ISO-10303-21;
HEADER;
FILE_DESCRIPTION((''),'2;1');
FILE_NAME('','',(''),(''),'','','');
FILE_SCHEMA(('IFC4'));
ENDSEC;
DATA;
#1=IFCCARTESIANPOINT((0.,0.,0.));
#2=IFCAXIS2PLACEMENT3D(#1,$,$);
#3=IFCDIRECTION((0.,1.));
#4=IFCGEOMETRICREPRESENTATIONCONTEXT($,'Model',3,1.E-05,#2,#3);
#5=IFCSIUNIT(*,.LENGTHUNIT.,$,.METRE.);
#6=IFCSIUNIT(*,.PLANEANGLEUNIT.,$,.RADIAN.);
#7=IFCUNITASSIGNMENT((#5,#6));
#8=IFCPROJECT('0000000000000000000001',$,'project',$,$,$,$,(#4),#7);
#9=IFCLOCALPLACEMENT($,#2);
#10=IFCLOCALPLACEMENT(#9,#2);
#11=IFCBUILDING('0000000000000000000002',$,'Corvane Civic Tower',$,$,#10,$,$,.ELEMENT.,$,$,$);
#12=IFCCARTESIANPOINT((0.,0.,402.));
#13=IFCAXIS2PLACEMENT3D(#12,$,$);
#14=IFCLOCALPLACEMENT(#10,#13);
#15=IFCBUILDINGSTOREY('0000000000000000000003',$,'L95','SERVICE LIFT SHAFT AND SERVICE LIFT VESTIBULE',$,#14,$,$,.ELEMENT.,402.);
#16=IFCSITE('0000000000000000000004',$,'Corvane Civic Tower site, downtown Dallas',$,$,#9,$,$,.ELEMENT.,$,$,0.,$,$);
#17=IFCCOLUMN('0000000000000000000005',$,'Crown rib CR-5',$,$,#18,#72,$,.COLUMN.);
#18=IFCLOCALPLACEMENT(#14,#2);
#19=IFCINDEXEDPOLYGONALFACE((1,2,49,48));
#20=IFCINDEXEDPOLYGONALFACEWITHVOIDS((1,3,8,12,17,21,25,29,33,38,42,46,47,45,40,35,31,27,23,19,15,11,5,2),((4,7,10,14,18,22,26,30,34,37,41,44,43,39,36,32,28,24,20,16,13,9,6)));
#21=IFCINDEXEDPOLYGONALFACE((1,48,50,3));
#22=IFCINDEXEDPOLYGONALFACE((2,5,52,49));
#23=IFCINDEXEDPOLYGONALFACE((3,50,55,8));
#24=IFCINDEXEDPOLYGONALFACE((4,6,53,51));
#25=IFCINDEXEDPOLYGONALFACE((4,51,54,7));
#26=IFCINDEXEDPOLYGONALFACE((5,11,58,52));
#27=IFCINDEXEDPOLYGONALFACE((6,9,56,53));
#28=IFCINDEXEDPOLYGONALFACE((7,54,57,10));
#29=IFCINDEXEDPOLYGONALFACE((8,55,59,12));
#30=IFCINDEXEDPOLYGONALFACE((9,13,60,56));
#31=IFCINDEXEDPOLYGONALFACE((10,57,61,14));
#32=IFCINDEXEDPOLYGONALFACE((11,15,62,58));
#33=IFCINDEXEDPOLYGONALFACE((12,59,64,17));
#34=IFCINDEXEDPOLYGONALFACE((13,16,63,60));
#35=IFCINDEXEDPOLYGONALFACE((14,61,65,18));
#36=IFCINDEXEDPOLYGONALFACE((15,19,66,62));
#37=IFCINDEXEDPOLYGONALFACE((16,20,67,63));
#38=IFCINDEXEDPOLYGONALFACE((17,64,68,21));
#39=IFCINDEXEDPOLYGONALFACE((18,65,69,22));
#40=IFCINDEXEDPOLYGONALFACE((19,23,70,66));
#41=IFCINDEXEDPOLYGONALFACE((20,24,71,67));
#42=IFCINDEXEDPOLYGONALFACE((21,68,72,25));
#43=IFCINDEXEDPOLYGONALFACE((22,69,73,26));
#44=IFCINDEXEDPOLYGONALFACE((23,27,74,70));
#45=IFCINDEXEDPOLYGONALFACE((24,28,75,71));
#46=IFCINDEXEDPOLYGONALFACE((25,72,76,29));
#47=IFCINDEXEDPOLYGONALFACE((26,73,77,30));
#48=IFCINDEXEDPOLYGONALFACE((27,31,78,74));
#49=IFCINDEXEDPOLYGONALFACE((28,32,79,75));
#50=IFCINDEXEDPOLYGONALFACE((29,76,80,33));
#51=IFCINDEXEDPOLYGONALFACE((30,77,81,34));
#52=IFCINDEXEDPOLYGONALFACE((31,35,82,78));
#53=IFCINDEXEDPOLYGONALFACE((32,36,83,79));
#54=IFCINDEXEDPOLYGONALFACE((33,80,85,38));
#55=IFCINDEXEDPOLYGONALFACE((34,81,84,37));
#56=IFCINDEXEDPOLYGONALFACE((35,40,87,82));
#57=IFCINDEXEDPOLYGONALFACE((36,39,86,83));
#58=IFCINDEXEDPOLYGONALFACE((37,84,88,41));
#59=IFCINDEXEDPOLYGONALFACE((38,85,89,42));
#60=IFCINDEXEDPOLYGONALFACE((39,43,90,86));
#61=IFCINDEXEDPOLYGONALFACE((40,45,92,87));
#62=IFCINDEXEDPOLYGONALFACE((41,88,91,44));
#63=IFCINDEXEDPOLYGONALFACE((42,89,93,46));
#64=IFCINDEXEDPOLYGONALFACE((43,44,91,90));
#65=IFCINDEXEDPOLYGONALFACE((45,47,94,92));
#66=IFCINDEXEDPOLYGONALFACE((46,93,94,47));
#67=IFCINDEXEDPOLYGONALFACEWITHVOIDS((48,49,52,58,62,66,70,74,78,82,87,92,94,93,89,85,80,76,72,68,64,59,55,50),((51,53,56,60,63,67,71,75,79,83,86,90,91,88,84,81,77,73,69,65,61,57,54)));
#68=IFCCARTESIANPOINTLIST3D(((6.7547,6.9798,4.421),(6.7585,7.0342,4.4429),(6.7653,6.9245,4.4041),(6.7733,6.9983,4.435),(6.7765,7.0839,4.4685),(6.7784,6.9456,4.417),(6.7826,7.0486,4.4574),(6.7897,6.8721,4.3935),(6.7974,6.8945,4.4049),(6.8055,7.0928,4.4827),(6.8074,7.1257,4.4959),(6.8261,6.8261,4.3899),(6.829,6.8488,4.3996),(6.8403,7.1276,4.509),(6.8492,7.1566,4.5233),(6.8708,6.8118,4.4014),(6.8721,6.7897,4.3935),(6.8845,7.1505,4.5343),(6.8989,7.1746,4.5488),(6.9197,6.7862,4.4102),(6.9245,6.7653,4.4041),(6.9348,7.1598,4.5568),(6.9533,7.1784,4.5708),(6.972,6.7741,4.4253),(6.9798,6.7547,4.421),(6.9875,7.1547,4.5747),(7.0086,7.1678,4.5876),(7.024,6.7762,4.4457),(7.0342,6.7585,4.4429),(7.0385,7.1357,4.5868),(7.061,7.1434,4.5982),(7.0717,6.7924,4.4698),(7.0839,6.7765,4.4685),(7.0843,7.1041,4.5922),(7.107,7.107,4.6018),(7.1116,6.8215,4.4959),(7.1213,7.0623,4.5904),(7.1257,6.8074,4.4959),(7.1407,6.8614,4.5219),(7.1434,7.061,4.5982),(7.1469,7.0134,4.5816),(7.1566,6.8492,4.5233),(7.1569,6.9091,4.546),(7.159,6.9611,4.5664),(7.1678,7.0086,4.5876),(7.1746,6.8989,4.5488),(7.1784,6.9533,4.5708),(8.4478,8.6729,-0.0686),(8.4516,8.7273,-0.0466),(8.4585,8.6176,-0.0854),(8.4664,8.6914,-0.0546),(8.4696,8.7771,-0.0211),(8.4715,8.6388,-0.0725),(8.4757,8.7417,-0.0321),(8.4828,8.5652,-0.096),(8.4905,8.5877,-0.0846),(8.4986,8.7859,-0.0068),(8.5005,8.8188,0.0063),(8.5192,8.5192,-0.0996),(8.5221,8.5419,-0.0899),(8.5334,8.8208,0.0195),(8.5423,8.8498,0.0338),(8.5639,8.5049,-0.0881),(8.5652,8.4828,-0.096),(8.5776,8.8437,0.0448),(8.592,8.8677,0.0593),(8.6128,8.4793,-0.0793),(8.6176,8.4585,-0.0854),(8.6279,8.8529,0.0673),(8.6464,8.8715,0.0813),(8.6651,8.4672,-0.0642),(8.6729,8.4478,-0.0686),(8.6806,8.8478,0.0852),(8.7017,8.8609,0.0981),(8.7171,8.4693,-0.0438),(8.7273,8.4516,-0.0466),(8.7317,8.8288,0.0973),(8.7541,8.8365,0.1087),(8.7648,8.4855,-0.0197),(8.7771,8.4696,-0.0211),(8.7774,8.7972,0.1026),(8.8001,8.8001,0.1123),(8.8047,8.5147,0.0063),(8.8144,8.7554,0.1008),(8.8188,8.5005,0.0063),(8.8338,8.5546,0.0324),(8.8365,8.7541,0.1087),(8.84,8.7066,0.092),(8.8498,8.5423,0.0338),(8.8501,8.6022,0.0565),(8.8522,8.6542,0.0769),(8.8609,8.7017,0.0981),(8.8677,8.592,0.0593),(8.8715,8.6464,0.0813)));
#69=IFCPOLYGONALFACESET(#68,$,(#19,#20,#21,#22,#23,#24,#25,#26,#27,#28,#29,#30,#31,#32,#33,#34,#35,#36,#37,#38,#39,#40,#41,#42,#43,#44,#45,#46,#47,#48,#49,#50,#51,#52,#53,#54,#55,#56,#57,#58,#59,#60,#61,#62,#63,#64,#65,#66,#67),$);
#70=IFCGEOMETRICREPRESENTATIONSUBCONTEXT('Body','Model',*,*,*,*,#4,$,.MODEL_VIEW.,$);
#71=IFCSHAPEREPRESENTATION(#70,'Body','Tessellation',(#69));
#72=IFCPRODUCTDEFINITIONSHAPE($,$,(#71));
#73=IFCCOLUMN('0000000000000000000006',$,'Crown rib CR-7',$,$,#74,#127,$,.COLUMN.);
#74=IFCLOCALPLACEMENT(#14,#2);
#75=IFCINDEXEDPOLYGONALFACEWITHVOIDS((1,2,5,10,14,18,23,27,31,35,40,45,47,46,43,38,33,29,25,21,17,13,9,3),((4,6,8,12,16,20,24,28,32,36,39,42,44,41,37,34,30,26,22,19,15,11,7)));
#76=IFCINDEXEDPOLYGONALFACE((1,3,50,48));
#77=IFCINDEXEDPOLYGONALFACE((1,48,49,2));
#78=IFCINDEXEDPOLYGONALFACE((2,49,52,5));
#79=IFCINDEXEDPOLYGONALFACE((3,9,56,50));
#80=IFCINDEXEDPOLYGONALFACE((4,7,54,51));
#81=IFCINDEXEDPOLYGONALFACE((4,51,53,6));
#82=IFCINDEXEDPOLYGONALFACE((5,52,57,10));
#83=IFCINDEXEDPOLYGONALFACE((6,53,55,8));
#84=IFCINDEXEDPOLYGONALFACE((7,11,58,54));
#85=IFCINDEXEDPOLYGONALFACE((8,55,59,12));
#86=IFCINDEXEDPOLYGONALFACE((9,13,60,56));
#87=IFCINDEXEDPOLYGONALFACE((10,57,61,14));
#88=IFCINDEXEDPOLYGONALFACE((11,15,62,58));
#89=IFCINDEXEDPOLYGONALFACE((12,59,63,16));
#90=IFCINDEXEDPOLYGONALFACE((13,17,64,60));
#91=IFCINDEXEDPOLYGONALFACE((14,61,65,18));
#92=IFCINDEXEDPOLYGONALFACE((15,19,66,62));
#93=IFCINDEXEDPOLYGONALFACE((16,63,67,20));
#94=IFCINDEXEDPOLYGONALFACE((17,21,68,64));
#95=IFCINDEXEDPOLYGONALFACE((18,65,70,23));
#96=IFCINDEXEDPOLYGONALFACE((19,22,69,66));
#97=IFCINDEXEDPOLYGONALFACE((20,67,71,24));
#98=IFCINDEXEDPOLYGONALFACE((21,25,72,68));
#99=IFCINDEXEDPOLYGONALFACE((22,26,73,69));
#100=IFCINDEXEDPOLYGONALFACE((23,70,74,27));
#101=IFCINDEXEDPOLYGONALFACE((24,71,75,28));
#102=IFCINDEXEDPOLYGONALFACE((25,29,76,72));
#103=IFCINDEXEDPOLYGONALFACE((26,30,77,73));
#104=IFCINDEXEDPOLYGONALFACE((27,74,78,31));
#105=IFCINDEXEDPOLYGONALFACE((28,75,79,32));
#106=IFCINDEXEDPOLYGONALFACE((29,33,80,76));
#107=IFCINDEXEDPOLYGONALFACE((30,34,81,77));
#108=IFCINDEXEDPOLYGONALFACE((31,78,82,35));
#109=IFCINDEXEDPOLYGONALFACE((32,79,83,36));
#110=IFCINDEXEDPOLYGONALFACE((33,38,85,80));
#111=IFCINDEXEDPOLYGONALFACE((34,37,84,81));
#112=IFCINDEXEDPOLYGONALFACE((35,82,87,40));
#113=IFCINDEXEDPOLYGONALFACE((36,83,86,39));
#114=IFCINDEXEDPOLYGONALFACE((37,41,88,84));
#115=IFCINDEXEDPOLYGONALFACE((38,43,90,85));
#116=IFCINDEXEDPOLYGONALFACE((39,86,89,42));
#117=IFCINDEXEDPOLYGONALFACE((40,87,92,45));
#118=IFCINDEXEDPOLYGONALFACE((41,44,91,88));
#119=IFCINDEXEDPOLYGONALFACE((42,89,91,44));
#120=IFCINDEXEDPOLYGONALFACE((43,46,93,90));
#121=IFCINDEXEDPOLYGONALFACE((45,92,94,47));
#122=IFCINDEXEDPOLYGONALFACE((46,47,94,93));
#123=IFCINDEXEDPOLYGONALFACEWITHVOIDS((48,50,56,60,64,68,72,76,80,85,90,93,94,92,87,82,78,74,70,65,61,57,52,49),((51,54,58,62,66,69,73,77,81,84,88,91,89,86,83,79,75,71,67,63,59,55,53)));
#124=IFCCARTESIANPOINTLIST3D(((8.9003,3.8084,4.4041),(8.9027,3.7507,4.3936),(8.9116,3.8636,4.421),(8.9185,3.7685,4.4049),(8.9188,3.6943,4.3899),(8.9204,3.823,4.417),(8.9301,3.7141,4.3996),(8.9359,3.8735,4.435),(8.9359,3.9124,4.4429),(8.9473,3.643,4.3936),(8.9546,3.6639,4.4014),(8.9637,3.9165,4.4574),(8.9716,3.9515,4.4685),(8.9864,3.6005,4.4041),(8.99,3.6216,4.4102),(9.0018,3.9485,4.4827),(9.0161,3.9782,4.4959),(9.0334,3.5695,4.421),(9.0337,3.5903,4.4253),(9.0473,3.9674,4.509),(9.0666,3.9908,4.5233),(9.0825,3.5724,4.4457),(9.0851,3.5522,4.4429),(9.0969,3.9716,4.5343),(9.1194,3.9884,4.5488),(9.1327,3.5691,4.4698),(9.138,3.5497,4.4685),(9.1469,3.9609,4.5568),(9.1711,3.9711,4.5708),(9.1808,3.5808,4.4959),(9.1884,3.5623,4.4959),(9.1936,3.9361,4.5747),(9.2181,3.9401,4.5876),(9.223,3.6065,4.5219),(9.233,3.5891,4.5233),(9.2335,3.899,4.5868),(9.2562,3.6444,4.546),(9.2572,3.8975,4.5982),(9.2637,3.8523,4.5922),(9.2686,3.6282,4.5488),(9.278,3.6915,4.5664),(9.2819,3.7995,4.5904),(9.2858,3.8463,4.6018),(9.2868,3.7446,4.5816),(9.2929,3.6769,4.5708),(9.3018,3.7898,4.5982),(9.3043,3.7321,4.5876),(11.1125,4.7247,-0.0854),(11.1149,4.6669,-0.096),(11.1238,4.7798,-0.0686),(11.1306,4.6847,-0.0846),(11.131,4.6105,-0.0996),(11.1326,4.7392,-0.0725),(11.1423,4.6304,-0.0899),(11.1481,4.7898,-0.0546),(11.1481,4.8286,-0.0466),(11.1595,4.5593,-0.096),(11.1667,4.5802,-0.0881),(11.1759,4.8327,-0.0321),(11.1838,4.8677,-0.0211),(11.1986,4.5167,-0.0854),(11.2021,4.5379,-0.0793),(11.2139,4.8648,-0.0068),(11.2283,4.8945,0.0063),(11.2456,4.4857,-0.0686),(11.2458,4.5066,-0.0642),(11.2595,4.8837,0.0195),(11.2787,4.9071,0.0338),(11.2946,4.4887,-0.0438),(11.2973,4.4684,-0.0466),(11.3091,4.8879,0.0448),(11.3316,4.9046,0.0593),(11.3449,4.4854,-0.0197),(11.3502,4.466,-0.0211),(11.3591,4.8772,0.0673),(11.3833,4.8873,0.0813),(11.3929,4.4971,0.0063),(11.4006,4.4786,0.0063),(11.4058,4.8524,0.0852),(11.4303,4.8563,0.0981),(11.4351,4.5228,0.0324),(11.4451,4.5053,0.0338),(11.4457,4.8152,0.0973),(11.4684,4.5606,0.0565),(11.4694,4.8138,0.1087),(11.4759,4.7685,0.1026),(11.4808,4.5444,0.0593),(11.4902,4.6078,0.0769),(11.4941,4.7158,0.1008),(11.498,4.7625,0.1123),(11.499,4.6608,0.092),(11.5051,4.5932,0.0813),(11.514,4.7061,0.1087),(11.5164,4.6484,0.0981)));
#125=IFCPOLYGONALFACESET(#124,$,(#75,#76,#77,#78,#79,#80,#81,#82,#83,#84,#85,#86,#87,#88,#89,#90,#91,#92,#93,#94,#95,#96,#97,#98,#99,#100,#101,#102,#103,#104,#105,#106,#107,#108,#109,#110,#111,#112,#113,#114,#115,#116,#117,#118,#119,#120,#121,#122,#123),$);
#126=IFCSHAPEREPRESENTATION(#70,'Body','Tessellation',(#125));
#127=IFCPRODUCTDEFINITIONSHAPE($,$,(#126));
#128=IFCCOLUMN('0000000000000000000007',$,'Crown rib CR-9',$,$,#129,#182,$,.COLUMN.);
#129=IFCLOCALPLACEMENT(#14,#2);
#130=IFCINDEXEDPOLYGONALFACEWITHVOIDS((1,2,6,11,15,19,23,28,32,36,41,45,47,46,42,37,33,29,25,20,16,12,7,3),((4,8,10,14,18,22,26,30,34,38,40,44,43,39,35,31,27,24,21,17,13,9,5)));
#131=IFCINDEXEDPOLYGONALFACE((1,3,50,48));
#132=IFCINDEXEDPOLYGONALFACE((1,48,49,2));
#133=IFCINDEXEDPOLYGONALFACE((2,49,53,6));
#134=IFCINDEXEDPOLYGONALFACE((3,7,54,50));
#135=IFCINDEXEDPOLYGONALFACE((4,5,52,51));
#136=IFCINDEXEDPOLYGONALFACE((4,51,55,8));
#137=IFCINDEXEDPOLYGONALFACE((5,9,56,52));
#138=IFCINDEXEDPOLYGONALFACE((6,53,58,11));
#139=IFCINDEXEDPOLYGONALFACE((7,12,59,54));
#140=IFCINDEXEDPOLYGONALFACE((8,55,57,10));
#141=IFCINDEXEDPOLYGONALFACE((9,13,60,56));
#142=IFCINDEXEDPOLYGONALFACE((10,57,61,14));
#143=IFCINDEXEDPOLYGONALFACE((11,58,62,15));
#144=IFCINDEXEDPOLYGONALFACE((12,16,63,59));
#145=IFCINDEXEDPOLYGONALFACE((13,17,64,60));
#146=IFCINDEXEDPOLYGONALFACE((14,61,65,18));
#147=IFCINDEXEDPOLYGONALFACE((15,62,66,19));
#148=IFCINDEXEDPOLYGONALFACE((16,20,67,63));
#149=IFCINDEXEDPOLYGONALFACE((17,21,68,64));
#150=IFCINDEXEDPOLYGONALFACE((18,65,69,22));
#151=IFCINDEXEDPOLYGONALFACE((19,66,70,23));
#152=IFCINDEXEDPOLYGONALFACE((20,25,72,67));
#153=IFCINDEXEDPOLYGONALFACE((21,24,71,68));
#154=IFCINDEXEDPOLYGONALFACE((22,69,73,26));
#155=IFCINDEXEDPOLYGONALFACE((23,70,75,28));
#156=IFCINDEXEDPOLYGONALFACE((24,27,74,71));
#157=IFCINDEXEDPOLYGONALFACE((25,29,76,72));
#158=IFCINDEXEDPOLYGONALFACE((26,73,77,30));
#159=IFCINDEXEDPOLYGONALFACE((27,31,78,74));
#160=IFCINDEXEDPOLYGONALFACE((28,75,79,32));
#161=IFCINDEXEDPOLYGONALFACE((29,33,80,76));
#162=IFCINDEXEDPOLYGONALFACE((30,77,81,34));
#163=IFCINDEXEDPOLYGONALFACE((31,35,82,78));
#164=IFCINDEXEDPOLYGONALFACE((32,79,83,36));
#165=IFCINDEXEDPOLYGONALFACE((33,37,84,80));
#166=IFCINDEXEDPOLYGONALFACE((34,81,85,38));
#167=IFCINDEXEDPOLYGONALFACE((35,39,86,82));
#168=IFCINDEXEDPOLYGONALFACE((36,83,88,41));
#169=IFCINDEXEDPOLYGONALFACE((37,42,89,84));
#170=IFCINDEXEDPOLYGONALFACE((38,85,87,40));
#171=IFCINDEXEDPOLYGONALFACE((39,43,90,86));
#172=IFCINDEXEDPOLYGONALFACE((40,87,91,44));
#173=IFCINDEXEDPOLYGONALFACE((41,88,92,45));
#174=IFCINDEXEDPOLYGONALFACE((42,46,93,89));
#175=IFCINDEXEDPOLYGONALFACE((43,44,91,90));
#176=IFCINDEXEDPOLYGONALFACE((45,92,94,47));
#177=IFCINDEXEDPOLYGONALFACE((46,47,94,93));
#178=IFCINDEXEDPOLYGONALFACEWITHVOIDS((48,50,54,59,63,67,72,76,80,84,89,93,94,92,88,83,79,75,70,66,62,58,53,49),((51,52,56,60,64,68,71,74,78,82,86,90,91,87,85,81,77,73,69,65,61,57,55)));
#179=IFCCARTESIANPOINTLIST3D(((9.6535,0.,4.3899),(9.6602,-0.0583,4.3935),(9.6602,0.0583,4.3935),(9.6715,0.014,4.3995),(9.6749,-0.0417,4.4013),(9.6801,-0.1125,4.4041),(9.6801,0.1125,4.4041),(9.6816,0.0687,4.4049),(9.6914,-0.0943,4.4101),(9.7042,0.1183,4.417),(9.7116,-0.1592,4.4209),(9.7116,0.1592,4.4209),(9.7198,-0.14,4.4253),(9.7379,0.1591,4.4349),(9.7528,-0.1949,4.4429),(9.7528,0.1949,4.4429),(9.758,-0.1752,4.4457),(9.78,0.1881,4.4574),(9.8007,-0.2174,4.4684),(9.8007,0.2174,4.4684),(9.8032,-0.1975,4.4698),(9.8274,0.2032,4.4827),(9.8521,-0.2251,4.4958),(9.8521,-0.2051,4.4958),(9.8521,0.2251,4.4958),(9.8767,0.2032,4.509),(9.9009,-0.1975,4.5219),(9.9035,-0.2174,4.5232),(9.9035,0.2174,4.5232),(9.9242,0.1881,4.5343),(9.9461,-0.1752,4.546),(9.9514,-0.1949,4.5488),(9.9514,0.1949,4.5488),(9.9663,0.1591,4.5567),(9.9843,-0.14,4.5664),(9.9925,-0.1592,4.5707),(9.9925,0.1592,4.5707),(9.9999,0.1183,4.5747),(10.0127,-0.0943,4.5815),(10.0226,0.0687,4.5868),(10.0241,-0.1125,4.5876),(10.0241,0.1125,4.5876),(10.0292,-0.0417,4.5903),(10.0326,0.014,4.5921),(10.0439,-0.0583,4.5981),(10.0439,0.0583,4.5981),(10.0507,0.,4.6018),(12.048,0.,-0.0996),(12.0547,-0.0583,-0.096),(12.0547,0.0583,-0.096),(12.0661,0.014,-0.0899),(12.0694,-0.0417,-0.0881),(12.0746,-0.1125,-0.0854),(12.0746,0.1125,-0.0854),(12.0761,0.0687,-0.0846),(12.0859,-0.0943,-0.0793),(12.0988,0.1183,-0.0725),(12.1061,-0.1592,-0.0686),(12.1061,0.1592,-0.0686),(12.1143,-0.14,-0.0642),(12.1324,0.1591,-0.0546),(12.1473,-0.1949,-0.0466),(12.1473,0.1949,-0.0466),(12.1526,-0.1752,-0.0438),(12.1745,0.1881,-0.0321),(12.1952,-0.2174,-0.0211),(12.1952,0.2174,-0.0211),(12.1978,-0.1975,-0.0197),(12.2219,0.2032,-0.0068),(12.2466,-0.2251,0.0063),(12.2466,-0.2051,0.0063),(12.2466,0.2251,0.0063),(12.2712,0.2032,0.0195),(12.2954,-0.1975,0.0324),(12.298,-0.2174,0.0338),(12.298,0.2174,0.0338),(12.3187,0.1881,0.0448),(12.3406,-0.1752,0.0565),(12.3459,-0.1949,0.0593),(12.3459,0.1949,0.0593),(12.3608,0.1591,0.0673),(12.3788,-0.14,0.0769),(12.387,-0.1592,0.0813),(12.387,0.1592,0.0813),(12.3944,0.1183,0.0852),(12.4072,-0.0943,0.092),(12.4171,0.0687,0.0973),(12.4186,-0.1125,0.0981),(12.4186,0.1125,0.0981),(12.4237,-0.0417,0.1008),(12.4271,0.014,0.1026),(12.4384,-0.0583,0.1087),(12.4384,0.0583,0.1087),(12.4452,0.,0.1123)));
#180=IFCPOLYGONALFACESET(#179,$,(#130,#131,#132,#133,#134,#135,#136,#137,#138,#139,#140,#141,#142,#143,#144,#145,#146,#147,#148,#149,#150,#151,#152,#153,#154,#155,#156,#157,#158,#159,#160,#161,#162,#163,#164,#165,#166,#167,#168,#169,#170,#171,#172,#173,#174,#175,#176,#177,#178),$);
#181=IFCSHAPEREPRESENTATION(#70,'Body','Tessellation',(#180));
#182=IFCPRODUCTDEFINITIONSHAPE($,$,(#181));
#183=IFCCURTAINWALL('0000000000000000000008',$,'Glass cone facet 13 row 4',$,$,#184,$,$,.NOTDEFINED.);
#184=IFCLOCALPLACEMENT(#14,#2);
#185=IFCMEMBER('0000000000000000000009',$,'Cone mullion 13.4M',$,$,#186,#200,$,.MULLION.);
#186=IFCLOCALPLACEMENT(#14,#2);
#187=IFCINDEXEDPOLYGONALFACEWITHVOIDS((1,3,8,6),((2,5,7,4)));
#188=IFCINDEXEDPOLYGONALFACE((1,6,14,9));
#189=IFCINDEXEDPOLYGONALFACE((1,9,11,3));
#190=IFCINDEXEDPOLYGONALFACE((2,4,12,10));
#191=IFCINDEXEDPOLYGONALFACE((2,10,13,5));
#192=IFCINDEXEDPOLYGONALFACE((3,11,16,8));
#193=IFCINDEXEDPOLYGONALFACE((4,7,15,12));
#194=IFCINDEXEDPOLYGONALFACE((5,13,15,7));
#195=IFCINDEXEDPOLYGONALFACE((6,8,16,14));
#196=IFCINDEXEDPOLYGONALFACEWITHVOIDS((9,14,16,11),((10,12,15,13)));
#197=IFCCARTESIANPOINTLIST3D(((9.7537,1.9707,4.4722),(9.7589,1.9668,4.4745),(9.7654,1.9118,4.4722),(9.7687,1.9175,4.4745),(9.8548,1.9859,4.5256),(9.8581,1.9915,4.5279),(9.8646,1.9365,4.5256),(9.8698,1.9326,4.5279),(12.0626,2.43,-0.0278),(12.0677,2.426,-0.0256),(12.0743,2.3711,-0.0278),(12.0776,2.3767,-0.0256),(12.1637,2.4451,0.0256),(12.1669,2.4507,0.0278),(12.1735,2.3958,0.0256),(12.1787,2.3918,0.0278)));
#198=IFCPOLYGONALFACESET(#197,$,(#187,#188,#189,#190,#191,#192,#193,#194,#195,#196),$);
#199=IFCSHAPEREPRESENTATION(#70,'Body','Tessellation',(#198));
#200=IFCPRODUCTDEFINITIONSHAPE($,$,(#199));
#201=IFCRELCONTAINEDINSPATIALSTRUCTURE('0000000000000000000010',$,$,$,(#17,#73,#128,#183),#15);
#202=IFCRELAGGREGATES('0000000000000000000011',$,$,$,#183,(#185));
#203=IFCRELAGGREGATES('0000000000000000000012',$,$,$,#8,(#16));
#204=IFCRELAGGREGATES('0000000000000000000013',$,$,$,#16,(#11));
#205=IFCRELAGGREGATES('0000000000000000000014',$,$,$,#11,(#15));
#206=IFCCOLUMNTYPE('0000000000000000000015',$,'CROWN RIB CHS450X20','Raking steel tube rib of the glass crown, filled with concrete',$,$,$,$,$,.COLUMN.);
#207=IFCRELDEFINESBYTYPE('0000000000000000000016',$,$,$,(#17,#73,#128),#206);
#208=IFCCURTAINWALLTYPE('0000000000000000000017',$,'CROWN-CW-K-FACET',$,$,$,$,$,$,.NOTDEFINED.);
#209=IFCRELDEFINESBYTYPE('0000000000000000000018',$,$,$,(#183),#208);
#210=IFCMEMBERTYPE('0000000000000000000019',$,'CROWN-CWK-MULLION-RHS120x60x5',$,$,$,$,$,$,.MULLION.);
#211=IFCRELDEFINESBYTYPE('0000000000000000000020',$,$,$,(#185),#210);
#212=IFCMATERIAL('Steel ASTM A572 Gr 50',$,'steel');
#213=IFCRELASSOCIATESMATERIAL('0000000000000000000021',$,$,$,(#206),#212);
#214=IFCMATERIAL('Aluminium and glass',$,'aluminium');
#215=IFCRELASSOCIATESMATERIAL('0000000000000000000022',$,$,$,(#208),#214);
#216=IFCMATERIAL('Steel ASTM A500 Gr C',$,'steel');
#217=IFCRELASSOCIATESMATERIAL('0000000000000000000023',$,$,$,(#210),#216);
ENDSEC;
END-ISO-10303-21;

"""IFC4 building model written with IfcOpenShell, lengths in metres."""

from ifc_helpers import new_model, si_unit, direction, frame, origin, origin_2d, place, context, subcontext, project, spatial, hollow_rectangle, hollow_circle, extrude, material, material_profile, profile_set, type_object, element, aggregate, save


model = new_model("IFC4")

# Units and contexts
model_context = context("Model", 3, precision=1e-05, world=origin(), true_north=direction((0.0, 1.0)))
body_context = subcontext(model_context, "Body", "Model", "MODEL_VIEW")
ifc_project = project(units=[si_unit("LENGTHUNIT", "METRE"), si_unit("PLANEANGLEUNIT", "RADIAN")], contexts=[model_context])

# Site, building, storey
site_placement = place(None, origin())
site = spatial("IfcSite", under=ifc_project, at=site_placement, Name="Corvane Civic Tower site, downtown Dallas", CompositionType="ELEMENT", RefElevation=0.0)
building_placement = place(site_placement, origin())
building = spatial("IfcBuilding", under=site, at=building_placement, Name="Corvane Civic Tower", CompositionType="ELEMENT")
storey_placement = place(building_placement, frame((0.0, 0.0, 402.0)))
storey = spatial("IfcBuildingStorey", under=building, at=storey_placement, Name="L95", Description="SERVICE LIFT SHAFT AND SERVICE LIFT VESTIBULE", CompositionType="ELEMENT", Elevation=402.0)

# Columns
ifc_material_1 = material(Name="Steel ASTM A572 Gr 50", Category="steel")
ifc_material_profile_1 = material_profile(ifc_material_1, hollow_circle(Radius=0.2251, WallThickness=0.02, at=origin_2d()), Name="CHS450X20")
ifc_profile_set_1 = profile_set([ifc_material_profile_1], Name="Steel ASTM A572 Gr 50")
column_type = type_object("IfcColumnType", Name="CROWN RIB CHS450X20", Description="Raking steel tube rib of the glass crown, filled with concrete", PredefinedType="COLUMN", material=ifc_profile_set_1)
for number, where, z_axis, x_axis, name in (
    (1, (8.6597, 8.6597, 0.0063), (-0.332759, -0.332759, 0.882351), (0.707107, -0.707107, 0.0), "Crown rib CR-5"),
    (2, (11.3145, 4.6865, 0.0063), (-0.434771, -0.180079, 0.882353), (0.382667, -0.923886, 0.0), "Crown rib CR-7"),
    (3, (12.2466, 0.0, 0.0063), (-0.470608, 0.0, 0.882342), (0.0, -1.0, 0.0), "Crown rib CR-9"),
):
    element("IfcColumn", number, at=place(storey_placement, frame(where, z_axis=z_axis, x_axis=x_axis)), inside=storey, type_object=column_type, Name=name, PredefinedType="COLUMN", context=body_context, shape_type="SweptSolid", body=[
        extrude(hollow_circle(Radius=0.2251, WallThickness=0.02, at=origin_2d()), origin(), (0.0, 0.0, 1.0), 5.0881),
    ])

# Curtain wall, member
ifc_material_2 = material(Name="Aluminium and glass", Category="aluminium")
curtain_wall_type = type_object("IfcCurtainWallType", Name="CROWN-CW-K-FACET", PredefinedType="NOTDEFINED", material=ifc_material_2)
curtain_wall_1_placement = place(storey_placement, origin())
curtain_wall_1 = element("IfcCurtainWall", 4, at=curtain_wall_1_placement, inside=storey, type_object=curtain_wall_type, Name="Glass cone facet 13 row 4", PredefinedType="NOTDEFINED")
ifc_material_3 = material(Name="Steel ASTM A500 Gr C", Category="steel")
ifc_material_profile_2 = material_profile(ifc_material_3, hollow_rectangle(XDim=0.0601, YDim=0.1201, WallThickness=0.0049, at=origin_2d()), Name="RHS 120x60x5")
ifc_profile_set_2 = profile_set([ifc_material_profile_2], Name="Steel ASTM A500 Gr C")
member_type_1 = type_object("IfcMemberType", Name="CROWN-CWK-MULLION-RHS120x60x5", PredefinedType="MULLION", material=ifc_profile_set_2)
member_1_placement = place(storey_placement, frame((12.1206, 2.4109, 0.0), z_axis=(-0.454626, -0.090425, 0.88608), x_axis=(0.195079, -0.980788, 0.0)))
member_1 = element("IfcMember", 5, at=member_1_placement, type_object=member_type_1, Name="Cone mullion 13.4M", PredefinedType="MULLION", context=body_context, shape_type="SweptSolid", body=[
    extrude(hollow_rectangle(XDim=0.0601, YDim=0.1201, WallThickness=0.0049, at=origin_2d()), origin(), (0.0, 0.0, 1.0), 5.0786),
])

aggregate(curtain_wall_1, [member_1])

save(model, "model.ifc")
